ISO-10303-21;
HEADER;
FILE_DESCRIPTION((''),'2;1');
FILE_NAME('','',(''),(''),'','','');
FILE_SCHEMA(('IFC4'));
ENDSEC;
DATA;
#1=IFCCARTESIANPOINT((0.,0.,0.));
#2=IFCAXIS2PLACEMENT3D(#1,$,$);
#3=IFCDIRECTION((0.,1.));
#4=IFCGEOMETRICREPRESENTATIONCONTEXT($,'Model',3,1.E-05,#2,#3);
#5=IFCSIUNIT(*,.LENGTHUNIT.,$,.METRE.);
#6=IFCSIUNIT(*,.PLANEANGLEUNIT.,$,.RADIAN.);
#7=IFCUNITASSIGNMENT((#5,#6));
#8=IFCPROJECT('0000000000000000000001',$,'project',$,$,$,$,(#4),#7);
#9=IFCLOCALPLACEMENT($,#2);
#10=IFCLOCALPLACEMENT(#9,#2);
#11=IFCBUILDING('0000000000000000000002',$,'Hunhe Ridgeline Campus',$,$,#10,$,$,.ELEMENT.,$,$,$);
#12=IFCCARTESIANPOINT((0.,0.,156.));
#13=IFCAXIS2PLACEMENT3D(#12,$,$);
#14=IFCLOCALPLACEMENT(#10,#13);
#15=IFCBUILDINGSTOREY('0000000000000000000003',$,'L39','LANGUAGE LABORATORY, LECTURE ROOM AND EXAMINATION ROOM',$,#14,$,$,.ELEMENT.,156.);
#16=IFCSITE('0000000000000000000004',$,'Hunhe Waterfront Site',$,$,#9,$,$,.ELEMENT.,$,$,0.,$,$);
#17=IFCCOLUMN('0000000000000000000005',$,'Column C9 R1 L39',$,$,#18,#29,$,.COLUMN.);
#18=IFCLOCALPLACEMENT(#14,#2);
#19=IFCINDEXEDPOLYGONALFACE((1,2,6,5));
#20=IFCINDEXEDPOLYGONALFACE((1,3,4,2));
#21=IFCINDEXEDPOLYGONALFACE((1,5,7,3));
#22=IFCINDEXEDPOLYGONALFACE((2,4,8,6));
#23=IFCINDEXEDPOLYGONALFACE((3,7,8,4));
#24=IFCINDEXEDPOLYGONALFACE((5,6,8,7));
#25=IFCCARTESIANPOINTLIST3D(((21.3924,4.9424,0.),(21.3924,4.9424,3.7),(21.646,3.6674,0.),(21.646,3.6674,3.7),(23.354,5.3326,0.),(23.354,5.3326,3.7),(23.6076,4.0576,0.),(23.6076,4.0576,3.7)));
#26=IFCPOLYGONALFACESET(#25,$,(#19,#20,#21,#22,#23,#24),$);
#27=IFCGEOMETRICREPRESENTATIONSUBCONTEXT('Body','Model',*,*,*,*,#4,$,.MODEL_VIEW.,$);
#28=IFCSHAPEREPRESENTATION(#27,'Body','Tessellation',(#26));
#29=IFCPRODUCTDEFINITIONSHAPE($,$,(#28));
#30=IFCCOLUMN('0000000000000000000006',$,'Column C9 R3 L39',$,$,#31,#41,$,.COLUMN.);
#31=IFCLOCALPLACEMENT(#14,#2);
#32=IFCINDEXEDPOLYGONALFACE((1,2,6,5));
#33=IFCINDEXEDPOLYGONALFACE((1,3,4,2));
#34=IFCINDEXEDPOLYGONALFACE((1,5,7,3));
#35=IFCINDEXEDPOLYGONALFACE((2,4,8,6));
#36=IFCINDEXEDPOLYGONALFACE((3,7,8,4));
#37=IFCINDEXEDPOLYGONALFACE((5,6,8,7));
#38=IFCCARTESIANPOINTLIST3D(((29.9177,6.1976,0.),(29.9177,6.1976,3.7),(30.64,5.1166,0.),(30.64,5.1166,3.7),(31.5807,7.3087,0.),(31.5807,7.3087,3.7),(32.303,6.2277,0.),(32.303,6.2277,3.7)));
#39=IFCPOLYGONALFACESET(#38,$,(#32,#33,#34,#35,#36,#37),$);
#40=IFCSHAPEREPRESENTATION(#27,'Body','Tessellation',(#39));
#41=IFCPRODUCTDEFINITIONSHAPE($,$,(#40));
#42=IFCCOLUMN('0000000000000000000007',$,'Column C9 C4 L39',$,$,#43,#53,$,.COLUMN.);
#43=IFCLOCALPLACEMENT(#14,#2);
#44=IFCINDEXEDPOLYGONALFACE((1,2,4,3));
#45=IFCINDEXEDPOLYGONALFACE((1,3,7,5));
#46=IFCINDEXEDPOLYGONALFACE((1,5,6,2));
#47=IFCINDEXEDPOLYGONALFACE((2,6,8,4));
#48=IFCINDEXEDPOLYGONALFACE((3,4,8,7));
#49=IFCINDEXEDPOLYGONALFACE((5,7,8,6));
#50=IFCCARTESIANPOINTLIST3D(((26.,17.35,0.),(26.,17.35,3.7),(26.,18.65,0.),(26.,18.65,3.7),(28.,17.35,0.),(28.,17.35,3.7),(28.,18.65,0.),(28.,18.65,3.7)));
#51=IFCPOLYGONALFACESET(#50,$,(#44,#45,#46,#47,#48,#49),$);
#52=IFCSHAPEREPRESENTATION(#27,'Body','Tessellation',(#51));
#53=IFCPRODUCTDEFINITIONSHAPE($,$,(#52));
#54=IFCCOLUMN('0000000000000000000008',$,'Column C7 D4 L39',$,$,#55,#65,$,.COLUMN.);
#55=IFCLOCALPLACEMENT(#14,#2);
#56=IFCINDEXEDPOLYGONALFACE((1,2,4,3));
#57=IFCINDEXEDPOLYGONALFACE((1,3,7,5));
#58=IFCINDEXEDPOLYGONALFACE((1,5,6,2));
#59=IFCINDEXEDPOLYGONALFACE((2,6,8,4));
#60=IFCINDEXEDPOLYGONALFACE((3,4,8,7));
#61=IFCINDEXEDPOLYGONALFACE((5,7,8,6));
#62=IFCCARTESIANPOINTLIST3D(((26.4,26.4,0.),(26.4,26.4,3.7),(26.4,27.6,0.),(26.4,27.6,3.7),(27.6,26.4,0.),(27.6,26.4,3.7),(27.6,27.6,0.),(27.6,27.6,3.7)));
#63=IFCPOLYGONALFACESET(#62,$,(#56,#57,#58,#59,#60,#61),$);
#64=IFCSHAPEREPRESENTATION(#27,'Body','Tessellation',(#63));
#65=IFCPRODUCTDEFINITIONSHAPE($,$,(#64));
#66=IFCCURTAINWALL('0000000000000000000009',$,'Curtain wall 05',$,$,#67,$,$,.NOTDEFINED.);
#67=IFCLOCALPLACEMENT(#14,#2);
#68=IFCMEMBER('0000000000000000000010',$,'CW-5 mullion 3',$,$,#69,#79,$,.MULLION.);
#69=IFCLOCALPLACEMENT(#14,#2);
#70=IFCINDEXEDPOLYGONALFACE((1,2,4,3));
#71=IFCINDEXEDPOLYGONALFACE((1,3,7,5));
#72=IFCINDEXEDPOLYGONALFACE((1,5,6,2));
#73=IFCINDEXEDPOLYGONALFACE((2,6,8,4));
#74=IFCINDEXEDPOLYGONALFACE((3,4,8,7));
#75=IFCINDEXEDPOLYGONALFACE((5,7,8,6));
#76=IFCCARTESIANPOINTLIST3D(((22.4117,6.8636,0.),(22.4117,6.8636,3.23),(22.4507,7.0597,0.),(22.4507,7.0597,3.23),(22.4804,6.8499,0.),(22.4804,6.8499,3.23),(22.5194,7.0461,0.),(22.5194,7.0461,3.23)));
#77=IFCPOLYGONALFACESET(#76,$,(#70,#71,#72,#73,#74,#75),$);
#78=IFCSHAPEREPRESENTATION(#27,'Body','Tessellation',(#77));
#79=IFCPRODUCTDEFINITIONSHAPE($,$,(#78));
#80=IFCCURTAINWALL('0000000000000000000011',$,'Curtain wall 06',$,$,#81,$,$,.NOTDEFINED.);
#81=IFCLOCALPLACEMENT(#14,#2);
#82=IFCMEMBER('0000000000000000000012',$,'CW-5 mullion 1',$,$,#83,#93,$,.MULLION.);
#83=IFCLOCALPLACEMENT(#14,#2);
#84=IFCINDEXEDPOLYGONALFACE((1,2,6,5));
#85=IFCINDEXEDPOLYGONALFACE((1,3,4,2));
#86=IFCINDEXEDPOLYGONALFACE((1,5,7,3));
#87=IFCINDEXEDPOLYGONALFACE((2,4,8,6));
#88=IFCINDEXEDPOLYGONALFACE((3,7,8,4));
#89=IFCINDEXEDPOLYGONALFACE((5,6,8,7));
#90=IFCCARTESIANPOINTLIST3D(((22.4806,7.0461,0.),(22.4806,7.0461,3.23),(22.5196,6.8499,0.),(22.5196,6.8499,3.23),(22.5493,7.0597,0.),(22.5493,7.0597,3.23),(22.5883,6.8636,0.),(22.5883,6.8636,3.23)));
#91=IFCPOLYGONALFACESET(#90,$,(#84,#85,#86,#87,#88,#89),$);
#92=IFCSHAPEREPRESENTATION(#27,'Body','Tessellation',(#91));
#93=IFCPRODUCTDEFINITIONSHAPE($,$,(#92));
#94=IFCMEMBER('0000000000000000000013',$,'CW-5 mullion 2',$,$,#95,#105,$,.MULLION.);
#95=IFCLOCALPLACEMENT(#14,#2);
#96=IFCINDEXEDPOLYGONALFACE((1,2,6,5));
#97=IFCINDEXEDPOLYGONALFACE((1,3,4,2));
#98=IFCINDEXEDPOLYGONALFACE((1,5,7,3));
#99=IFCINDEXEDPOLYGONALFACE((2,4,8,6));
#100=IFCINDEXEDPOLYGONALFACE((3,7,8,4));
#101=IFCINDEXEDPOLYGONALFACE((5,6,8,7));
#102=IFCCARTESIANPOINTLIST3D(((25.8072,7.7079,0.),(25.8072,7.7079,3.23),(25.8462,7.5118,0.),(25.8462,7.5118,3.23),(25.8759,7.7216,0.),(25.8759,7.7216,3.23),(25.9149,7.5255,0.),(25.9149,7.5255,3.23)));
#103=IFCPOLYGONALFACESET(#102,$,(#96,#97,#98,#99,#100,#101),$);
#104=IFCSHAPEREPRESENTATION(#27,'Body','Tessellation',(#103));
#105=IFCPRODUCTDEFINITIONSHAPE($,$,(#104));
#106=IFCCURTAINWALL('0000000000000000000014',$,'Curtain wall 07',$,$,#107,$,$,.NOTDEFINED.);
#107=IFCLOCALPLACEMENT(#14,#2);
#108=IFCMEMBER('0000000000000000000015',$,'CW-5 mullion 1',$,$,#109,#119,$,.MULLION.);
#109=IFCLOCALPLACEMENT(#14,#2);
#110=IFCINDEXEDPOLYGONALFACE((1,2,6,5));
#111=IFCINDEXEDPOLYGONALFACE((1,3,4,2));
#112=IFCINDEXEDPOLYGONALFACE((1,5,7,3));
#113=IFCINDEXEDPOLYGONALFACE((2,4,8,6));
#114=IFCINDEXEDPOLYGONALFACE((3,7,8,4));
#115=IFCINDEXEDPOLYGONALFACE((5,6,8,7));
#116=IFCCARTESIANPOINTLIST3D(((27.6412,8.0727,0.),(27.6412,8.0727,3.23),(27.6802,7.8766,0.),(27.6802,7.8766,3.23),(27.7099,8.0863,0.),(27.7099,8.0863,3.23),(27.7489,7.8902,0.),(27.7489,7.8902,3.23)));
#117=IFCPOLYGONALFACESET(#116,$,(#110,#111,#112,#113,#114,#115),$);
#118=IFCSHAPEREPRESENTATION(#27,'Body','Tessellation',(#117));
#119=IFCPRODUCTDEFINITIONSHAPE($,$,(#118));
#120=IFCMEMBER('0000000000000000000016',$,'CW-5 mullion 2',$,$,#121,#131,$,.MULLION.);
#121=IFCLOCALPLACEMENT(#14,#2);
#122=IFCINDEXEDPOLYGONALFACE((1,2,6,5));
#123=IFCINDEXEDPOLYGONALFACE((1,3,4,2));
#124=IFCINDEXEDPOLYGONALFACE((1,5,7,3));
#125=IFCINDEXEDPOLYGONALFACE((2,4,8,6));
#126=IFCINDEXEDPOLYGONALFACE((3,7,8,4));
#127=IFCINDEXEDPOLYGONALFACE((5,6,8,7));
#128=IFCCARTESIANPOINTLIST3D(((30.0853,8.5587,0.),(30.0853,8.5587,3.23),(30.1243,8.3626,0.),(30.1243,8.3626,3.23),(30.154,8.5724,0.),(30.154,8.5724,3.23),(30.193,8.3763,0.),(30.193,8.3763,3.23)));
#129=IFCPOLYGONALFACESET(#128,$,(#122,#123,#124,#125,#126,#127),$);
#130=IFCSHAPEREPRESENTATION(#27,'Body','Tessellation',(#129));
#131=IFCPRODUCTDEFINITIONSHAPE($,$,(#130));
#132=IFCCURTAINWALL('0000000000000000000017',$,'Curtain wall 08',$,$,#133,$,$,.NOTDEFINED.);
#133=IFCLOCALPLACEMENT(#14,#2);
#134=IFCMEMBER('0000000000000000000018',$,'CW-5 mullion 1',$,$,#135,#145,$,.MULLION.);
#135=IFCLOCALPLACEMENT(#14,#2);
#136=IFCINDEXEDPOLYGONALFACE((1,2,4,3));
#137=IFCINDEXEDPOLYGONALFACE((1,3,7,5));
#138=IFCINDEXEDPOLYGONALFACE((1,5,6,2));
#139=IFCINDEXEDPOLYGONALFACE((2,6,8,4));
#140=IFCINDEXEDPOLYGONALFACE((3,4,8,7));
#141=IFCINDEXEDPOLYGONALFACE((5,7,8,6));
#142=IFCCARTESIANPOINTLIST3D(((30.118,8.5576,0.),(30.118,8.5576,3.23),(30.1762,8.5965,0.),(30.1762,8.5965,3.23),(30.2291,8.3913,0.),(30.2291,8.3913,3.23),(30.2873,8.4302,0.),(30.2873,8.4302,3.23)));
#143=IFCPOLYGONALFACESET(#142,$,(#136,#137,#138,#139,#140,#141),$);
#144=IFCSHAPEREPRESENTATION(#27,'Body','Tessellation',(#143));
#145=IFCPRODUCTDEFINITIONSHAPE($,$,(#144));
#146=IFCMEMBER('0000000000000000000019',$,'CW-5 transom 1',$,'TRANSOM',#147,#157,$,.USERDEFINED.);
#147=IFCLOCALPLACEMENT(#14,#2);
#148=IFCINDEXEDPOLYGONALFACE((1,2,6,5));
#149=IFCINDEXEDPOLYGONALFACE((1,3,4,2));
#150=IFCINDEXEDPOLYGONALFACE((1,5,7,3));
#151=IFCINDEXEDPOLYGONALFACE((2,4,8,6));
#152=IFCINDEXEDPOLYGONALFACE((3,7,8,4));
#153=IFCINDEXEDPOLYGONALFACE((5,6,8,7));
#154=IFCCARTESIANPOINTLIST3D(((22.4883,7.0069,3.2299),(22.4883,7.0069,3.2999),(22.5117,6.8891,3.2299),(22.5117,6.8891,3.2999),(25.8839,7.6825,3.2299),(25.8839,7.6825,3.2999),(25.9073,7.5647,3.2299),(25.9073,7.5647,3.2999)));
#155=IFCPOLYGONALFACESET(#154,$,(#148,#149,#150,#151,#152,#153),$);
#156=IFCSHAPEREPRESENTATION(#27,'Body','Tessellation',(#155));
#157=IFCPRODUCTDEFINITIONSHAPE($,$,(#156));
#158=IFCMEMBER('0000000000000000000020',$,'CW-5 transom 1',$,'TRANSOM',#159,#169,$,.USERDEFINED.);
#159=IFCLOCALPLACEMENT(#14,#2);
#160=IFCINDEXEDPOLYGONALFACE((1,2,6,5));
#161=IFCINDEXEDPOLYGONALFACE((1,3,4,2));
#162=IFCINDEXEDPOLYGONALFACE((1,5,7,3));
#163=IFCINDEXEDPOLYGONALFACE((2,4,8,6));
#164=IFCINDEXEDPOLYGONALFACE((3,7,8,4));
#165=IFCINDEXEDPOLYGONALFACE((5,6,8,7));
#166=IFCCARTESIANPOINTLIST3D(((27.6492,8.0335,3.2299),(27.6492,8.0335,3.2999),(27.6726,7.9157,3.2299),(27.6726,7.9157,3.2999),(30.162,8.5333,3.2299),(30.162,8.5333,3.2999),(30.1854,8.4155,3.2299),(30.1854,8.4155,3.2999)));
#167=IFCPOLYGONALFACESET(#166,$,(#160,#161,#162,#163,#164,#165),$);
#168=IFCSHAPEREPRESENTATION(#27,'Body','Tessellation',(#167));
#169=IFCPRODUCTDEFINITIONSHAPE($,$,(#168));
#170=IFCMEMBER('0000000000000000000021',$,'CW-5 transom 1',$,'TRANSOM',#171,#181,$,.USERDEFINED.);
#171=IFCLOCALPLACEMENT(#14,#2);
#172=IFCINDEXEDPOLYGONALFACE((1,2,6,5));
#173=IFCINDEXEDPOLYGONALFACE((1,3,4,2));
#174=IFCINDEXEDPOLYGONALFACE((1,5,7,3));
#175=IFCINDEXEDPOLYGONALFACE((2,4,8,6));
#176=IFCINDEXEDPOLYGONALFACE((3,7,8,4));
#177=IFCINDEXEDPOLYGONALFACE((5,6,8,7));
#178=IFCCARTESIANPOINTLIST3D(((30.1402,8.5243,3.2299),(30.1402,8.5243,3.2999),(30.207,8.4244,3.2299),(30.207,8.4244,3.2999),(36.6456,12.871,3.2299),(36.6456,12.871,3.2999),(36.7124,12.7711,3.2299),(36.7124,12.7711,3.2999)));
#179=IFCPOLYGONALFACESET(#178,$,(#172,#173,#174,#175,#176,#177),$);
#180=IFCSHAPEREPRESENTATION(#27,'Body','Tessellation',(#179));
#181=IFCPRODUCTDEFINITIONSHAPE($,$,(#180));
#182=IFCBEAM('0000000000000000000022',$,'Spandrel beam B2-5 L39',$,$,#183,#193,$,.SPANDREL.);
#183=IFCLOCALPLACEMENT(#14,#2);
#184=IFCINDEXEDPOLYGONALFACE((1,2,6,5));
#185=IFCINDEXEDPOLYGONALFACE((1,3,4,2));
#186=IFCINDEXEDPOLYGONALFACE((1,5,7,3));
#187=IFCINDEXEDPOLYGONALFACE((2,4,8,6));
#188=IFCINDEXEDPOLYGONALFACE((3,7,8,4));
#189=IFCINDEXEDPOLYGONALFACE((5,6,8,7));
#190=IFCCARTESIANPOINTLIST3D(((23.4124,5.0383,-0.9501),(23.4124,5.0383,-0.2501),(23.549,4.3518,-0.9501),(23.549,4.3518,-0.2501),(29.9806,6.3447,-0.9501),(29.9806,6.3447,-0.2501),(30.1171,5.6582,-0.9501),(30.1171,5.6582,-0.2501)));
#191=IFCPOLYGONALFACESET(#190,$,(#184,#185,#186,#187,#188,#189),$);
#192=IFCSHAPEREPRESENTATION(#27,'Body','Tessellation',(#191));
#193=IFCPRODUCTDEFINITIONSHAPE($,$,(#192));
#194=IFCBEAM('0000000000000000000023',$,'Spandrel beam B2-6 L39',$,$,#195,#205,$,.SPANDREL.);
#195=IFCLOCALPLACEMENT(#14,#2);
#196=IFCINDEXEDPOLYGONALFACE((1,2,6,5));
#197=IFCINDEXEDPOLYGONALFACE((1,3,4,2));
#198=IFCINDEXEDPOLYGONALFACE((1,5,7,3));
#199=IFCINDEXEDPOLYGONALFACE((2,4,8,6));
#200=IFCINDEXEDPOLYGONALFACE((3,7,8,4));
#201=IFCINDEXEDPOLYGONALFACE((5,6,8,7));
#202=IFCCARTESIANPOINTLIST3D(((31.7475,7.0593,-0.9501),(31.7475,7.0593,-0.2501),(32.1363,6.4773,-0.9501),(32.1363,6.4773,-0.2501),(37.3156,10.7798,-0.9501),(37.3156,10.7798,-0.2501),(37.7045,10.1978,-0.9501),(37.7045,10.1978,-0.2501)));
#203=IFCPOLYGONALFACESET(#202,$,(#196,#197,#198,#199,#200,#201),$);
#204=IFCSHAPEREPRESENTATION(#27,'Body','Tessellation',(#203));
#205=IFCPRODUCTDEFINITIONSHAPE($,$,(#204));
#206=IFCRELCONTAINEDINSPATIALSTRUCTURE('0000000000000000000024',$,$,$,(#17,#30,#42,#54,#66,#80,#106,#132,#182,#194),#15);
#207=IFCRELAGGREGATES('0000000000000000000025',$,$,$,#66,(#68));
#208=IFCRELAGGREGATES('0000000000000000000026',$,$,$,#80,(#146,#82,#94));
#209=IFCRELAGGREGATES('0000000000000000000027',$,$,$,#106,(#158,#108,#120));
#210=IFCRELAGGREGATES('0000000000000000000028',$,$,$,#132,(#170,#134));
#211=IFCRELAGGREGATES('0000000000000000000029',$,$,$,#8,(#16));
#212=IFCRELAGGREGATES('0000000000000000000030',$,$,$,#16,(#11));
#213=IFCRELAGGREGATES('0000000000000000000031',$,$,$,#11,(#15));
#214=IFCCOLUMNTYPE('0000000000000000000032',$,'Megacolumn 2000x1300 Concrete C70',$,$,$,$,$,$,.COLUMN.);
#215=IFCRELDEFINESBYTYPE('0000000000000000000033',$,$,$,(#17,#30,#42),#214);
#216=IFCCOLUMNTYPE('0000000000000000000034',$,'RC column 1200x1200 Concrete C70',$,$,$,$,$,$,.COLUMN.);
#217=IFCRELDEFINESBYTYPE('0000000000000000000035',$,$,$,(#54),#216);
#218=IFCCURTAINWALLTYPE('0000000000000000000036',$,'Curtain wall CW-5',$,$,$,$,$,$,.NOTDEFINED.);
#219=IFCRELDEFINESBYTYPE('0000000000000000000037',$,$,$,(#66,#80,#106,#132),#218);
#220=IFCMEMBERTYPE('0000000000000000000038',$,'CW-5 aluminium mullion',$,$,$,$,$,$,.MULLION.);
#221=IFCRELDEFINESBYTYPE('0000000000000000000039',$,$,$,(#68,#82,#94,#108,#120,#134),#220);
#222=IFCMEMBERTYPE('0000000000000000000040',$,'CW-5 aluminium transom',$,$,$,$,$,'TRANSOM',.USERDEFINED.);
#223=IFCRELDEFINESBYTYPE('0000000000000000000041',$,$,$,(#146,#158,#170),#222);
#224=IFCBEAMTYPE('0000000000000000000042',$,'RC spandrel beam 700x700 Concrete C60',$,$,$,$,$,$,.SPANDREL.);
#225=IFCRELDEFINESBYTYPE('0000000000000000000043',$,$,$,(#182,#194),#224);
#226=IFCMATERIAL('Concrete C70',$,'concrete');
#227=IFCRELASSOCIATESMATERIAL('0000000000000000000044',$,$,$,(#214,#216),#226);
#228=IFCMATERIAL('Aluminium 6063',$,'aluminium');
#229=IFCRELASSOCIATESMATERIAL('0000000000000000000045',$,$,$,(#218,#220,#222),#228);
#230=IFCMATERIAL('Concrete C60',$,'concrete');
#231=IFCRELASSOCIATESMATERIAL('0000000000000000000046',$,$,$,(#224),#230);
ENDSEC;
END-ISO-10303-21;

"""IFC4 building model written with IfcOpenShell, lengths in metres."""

from ifc_helpers import new_model, si_unit, direction, frame, origin, origin_2d, place, context, subcontext, project, spatial, rectangle, extrude, material, material_profile, profile_set, type_object, element, aggregate, save


model = new_model("IFC4")

# Units and contexts
model_context = context("Model", 3, precision=1e-05, world=origin(), true_north=direction((0.0, 1.0)))
body_context = subcontext(model_context, "Body", "Model", "MODEL_VIEW")
ifc_project = project(units=[si_unit("LENGTHUNIT", "METRE"), si_unit("PLANEANGLEUNIT", "RADIAN")], contexts=[model_context])

# Site, building, storey
site_placement = place(None, origin())
site = spatial("IfcSite", under=ifc_project, at=site_placement, Name="Hunhe Waterfront Site", CompositionType="ELEMENT", RefElevation=0.0)
building_placement = place(site_placement, origin())
building = spatial("IfcBuilding", under=site, at=building_placement, Name="Hunhe Ridgeline Campus", CompositionType="ELEMENT")
storey_placement = place(building_placement, frame((0.0, 0.0, 156.0)))
storey = spatial("IfcBuildingStorey", under=building, at=storey_placement, Name="L39", Description="LANGUAGE LABORATORY, LECTURE ROOM AND EXAMINATION ROOM", CompositionType="ELEMENT", Elevation=156.0)

# Columns
ifc_material_1 = material(Name="Concrete C70", Category="concrete")
ifc_material_profile_1 = material_profile(ifc_material_1, rectangle(XDim=2.0, YDim=1.3, at=origin_2d()))
ifc_profile_set_1 = profile_set([ifc_material_profile_1], Name="Concrete C70")
column_type_1 = type_object("IfcColumnType", Name="Megacolumn 2000x1300 Concrete C70", PredefinedType="COLUMN", material=ifc_profile_set_1)
for number, where, z_axis, x_axis, name in (
    (1, (22.5, 4.5, 0.0), (0.0, 0.0, 1.0), (0.980785, 0.19509, 0.0), "Column C9 R1 L39"),
    (2, (31.1104, 6.2126, 0.0), (0.0, 0.0, 1.0), (0.83147, 0.55557, 0.0), "Column C9 R3 L39"),
    (3, (27.0, 18.0, 0.0), (0.0, 0.0, 1.0), (1.0, 0.0, 0.0), "Column C9 C4 L39"),
):
    element("IfcColumn", number, at=place(storey_placement, frame(where, z_axis=z_axis, x_axis=x_axis)), inside=storey, type_object=column_type_1, Name=name, PredefinedType="COLUMN", context=body_context, shape_type="SweptSolid", body=[
        extrude(rectangle(XDim=2.0, YDim=1.3, at=origin_2d()), origin(), (0.0, 0.0, 1.0), 3.7),
    ])
ifc_material_profile_2 = material_profile(ifc_material_1, rectangle(XDim=1.2, YDim=1.2, at=origin_2d()))
ifc_profile_set_2 = profile_set([ifc_material_profile_2], Name="Concrete C70")
column_type_2 = type_object("IfcColumnType", Name="RC column 1200x1200 Concrete C70", PredefinedType="COLUMN", material=ifc_profile_set_2)
column_placement = place(storey_placement, frame((27.0, 27.0, 0.0), z_axis=(0.0, 0.0, 1.0), x_axis=(1.0, 0.0, 0.0)))
element("IfcColumn", 4, at=column_placement, inside=storey, type_object=column_type_2, Name="Column C7 D4 L39", PredefinedType="COLUMN", context=body_context, shape_type="SweptSolid", body=[
    extrude(rectangle(XDim=1.2, YDim=1.2, at=origin_2d()), origin(), (0.0, 0.0, 1.0), 3.7),
])

# Curtain wall, member
ifc_material_2 = material(Name="Aluminium 6063", Category="aluminium")
curtain_wall_type = type_object("IfcCurtainWallType", Name="Curtain wall CW-5", PredefinedType="NOTDEFINED", material=ifc_material_2)
curtain_wall_1_placement = place(storey_placement, origin())
curtain_wall_1 = element("IfcCurtainWall", 5, at=curtain_wall_1_placement, inside=storey, type_object=curtain_wall_type, Name="Curtain wall 05", PredefinedType="NOTDEFINED")
ifc_material_profile_3 = material_profile(ifc_material_2, rectangle(XDim=0.2, YDim=0.0701, at=origin_2d()))
ifc_profile_set_3 = profile_set([ifc_material_profile_3], Name="Aluminium 6063")
member_type_1 = type_object("IfcMemberType", Name="CW-5 aluminium mullion", PredefinedType="MULLION", material=ifc_profile_set_3)
member_1_placement = place(storey_placement, frame((22.4656, 6.9548, 0.0), z_axis=(0.0, 0.0, 1.0), x_axis=(0.19509, 0.980785, 0.0)))
member_1 = element("IfcMember", 6, at=member_1_placement, type_object=member_type_1, Name="CW-5 mullion 3", PredefinedType="MULLION", context=body_context, shape_type="SweptSolid", body=[
    extrude(rectangle(XDim=0.2, YDim=0.0701, at=origin_2d()), origin(), (0.0, 0.0, 1.0), 3.23),
])

# Curtain walls, members
curtain_wall_2_placement = place(storey_placement, origin())
curtain_wall_2 = element("IfcCurtainWall", 7, at=curtain_wall_2_placement, inside=storey, type_object=curtain_wall_type, Name="Curtain wall 06", PredefinedType="NOTDEFINED")
member_2_placement = place(storey_placement, frame((22.5344, 6.9548, 0.0), z_axis=(0.0, 0.0, 1.0), x_axis=(-0.19509, 0.980785, 0.0)))
member_2 = element("IfcMember", 8, at=member_2_placement, type_object=member_type_1, Name="CW-5 mullion 1", PredefinedType="MULLION", context=body_context, shape_type="SweptSolid", body=[
    extrude(rectangle(XDim=0.2, YDim=0.0701, at=origin_2d()), origin(), (0.0, 0.0, 1.0), 3.23),
])
member_3_placement = place(storey_placement, frame((25.8611, 7.6167, 0.0), z_axis=(0.0, 0.0, 1.0), x_axis=(-0.19509, 0.980785, 0.0)))
member_3 = element("IfcMember", 9, at=member_3_placement, type_object=member_type_1, Name="CW-5 mullion 2", PredefinedType="MULLION", context=body_context, shape_type="SweptSolid", body=[
    extrude(rectangle(XDim=0.2, YDim=0.0701, at=origin_2d()), origin(), (0.0, 0.0, 1.0), 3.23),
])
curtain_wall_3_placement = place(storey_placement, origin())
curtain_wall_3 = element("IfcCurtainWall", 10, at=curtain_wall_3_placement, inside=storey, type_object=curtain_wall_type, Name="Curtain wall 07", PredefinedType="NOTDEFINED")
member_4_placement = place(storey_placement, frame((27.6951, 7.9814, 0.0), z_axis=(0.0, 0.0, 1.0), x_axis=(-0.195091, 0.980785, 0.0)))
member_4 = element("IfcMember", 11, at=member_4_placement, type_object=member_type_1, Name="CW-5 mullion 1", PredefinedType="MULLION", context=body_context, shape_type="SweptSolid", body=[
    extrude(rectangle(XDim=0.2, YDim=0.0701, at=origin_2d()), origin(), (0.0, 0.0, 1.0), 3.23),
])
member_5_placement = place(storey_placement, frame((30.1392, 8.4675, 0.0), z_axis=(0.0, 0.0, 1.0), x_axis=(-0.195091, 0.980785, 0.0)))
member_5 = element("IfcMember", 12, at=member_5_placement, type_object=member_type_1, Name="CW-5 mullion 2", PredefinedType="MULLION", context=body_context, shape_type="SweptSolid", body=[
    extrude(rectangle(XDim=0.2, YDim=0.0701, at=origin_2d()), origin(), (0.0, 0.0, 1.0), 3.23),
])

# Curtain wall, member
curtain_wall_4_placement = place(storey_placement, origin())
curtain_wall_4 = element("IfcCurtainWall", 13, at=curtain_wall_4_placement, inside=storey, type_object=curtain_wall_type, Name="Curtain wall 08", PredefinedType="NOTDEFINED")
member_6_placement = place(storey_placement, frame((30.2026, 8.4939, 0.0), z_axis=(0.0, 0.0, 1.0), x_axis=(-0.55557, 0.83147, 0.0)))
member_6 = element("IfcMember", 14, at=member_6_placement, type_object=member_type_1, Name="CW-5 mullion 1", PredefinedType="MULLION", context=body_context, shape_type="SweptSolid", body=[
    extrude(rectangle(XDim=0.2, YDim=0.0701, at=origin_2d()), origin(), (0.0, 0.0, 1.0), 3.23),
])

# Members
ifc_material_profile_4 = material_profile(ifc_material_2, rectangle(XDim=0.1201, YDim=0.0701, at=origin_2d()))
ifc_profile_set_4 = profile_set([ifc_material_profile_4], Name="Aluminium 6063")
member_type_2 = type_object("IfcMemberType", Name="CW-5 aluminium transom", ElementType="TRANSOM", PredefinedType="USERDEFINED", material=ifc_profile_set_4)
member_7_placement = place(storey_placement, frame((22.5, 6.948, 3.2649), z_axis=(0.980778, 0.195126, 0.0), x_axis=(-0.195126, 0.980778, 0.0)))
member_7 = element("IfcMember", 15, at=member_7_placement, type_object=member_type_2, Name="CW-5 transom 1", ObjectType="TRANSOM", PredefinedType="USERDEFINED", context=body_context, shape_type="SweptSolid", body=[
    extrude(rectangle(XDim=0.1201, YDim=0.0701, at=origin_2d()), origin(), (0.0, 0.0, 1.0), 3.4622),
])
member_8_placement = place(storey_placement, frame((27.6609, 7.9746, 3.2649), z_axis=(0.980789, 0.195071, 0.0), x_axis=(-0.195071, 0.980789, 0.0)))
member_8 = element("IfcMember", 16, at=member_8_placement, type_object=member_type_2, Name="CW-5 transom 1", ObjectType="TRANSOM", PredefinedType="USERDEFINED", context=body_context, shape_type="SweptSolid", body=[
    extrude(rectangle(XDim=0.1201, YDim=0.0701, at=origin_2d()), origin(), (0.0, 0.0, 1.0), 2.562),
])
member_9_placement = place(storey_placement, frame((30.1736, 8.4744, 3.2649), z_axis=(0.831474, 0.555564, 0.0), x_axis=(-0.555564, 0.831474, 0.0)))
member_9 = element("IfcMember", 17, at=member_9_placement, type_object=member_type_2, Name="CW-5 transom 1", ObjectType="TRANSOM", PredefinedType="USERDEFINED", context=body_context, shape_type="SweptSolid", body=[
    extrude(rectangle(XDim=0.1201, YDim=0.0701, at=origin_2d()), origin(), (0.0, 0.0, 1.0), 7.824),
])

# Beams
ifc_material_3 = material(Name="Concrete C60", Category="concrete")
ifc_material_profile_5 = material_profile(ifc_material_3, rectangle(XDim=0.7, YDim=0.7, at=origin_2d()))
ifc_profile_set_5 = profile_set([ifc_material_profile_5], Name="Concrete C60")
beam_type = type_object("IfcBeamType", Name="RC spandrel beam 700x700 Concrete C60", PredefinedType="SPANDREL", material=ifc_profile_set_5)
for number, where, z_axis, x_axis, name in (
    (18, (23.4807, 4.6951, -0.6001), (0.980788, 0.195078, 0.0), (-0.195078, 0.980788, 0.0), "Spandrel beam B2-5 L39"),
    (19, (31.9419, 6.7683, -0.6001), (0.831472, 0.555566, 0.0), (-0.555566, 0.831472, 0.0), "Spandrel beam B2-6 L39"),
):
    element("IfcBeam", number, at=place(storey_placement, frame(where, z_axis=z_axis, x_axis=x_axis)), inside=storey, type_object=beam_type, Name=name, PredefinedType="SPANDREL", context=body_context, shape_type="SweptSolid", body=[
        extrude(rectangle(XDim=0.7, YDim=0.7, at=origin_2d()), origin(), (0.0, 0.0, 1.0), 6.6968),
    ])

aggregate(curtain_wall_1, [member_1])
aggregate(curtain_wall_2, [member_7, member_2, member_3])
aggregate(curtain_wall_3, [member_8, member_4, member_5])
aggregate(curtain_wall_4, [member_9, member_6])

save(model, "model.ifc")
